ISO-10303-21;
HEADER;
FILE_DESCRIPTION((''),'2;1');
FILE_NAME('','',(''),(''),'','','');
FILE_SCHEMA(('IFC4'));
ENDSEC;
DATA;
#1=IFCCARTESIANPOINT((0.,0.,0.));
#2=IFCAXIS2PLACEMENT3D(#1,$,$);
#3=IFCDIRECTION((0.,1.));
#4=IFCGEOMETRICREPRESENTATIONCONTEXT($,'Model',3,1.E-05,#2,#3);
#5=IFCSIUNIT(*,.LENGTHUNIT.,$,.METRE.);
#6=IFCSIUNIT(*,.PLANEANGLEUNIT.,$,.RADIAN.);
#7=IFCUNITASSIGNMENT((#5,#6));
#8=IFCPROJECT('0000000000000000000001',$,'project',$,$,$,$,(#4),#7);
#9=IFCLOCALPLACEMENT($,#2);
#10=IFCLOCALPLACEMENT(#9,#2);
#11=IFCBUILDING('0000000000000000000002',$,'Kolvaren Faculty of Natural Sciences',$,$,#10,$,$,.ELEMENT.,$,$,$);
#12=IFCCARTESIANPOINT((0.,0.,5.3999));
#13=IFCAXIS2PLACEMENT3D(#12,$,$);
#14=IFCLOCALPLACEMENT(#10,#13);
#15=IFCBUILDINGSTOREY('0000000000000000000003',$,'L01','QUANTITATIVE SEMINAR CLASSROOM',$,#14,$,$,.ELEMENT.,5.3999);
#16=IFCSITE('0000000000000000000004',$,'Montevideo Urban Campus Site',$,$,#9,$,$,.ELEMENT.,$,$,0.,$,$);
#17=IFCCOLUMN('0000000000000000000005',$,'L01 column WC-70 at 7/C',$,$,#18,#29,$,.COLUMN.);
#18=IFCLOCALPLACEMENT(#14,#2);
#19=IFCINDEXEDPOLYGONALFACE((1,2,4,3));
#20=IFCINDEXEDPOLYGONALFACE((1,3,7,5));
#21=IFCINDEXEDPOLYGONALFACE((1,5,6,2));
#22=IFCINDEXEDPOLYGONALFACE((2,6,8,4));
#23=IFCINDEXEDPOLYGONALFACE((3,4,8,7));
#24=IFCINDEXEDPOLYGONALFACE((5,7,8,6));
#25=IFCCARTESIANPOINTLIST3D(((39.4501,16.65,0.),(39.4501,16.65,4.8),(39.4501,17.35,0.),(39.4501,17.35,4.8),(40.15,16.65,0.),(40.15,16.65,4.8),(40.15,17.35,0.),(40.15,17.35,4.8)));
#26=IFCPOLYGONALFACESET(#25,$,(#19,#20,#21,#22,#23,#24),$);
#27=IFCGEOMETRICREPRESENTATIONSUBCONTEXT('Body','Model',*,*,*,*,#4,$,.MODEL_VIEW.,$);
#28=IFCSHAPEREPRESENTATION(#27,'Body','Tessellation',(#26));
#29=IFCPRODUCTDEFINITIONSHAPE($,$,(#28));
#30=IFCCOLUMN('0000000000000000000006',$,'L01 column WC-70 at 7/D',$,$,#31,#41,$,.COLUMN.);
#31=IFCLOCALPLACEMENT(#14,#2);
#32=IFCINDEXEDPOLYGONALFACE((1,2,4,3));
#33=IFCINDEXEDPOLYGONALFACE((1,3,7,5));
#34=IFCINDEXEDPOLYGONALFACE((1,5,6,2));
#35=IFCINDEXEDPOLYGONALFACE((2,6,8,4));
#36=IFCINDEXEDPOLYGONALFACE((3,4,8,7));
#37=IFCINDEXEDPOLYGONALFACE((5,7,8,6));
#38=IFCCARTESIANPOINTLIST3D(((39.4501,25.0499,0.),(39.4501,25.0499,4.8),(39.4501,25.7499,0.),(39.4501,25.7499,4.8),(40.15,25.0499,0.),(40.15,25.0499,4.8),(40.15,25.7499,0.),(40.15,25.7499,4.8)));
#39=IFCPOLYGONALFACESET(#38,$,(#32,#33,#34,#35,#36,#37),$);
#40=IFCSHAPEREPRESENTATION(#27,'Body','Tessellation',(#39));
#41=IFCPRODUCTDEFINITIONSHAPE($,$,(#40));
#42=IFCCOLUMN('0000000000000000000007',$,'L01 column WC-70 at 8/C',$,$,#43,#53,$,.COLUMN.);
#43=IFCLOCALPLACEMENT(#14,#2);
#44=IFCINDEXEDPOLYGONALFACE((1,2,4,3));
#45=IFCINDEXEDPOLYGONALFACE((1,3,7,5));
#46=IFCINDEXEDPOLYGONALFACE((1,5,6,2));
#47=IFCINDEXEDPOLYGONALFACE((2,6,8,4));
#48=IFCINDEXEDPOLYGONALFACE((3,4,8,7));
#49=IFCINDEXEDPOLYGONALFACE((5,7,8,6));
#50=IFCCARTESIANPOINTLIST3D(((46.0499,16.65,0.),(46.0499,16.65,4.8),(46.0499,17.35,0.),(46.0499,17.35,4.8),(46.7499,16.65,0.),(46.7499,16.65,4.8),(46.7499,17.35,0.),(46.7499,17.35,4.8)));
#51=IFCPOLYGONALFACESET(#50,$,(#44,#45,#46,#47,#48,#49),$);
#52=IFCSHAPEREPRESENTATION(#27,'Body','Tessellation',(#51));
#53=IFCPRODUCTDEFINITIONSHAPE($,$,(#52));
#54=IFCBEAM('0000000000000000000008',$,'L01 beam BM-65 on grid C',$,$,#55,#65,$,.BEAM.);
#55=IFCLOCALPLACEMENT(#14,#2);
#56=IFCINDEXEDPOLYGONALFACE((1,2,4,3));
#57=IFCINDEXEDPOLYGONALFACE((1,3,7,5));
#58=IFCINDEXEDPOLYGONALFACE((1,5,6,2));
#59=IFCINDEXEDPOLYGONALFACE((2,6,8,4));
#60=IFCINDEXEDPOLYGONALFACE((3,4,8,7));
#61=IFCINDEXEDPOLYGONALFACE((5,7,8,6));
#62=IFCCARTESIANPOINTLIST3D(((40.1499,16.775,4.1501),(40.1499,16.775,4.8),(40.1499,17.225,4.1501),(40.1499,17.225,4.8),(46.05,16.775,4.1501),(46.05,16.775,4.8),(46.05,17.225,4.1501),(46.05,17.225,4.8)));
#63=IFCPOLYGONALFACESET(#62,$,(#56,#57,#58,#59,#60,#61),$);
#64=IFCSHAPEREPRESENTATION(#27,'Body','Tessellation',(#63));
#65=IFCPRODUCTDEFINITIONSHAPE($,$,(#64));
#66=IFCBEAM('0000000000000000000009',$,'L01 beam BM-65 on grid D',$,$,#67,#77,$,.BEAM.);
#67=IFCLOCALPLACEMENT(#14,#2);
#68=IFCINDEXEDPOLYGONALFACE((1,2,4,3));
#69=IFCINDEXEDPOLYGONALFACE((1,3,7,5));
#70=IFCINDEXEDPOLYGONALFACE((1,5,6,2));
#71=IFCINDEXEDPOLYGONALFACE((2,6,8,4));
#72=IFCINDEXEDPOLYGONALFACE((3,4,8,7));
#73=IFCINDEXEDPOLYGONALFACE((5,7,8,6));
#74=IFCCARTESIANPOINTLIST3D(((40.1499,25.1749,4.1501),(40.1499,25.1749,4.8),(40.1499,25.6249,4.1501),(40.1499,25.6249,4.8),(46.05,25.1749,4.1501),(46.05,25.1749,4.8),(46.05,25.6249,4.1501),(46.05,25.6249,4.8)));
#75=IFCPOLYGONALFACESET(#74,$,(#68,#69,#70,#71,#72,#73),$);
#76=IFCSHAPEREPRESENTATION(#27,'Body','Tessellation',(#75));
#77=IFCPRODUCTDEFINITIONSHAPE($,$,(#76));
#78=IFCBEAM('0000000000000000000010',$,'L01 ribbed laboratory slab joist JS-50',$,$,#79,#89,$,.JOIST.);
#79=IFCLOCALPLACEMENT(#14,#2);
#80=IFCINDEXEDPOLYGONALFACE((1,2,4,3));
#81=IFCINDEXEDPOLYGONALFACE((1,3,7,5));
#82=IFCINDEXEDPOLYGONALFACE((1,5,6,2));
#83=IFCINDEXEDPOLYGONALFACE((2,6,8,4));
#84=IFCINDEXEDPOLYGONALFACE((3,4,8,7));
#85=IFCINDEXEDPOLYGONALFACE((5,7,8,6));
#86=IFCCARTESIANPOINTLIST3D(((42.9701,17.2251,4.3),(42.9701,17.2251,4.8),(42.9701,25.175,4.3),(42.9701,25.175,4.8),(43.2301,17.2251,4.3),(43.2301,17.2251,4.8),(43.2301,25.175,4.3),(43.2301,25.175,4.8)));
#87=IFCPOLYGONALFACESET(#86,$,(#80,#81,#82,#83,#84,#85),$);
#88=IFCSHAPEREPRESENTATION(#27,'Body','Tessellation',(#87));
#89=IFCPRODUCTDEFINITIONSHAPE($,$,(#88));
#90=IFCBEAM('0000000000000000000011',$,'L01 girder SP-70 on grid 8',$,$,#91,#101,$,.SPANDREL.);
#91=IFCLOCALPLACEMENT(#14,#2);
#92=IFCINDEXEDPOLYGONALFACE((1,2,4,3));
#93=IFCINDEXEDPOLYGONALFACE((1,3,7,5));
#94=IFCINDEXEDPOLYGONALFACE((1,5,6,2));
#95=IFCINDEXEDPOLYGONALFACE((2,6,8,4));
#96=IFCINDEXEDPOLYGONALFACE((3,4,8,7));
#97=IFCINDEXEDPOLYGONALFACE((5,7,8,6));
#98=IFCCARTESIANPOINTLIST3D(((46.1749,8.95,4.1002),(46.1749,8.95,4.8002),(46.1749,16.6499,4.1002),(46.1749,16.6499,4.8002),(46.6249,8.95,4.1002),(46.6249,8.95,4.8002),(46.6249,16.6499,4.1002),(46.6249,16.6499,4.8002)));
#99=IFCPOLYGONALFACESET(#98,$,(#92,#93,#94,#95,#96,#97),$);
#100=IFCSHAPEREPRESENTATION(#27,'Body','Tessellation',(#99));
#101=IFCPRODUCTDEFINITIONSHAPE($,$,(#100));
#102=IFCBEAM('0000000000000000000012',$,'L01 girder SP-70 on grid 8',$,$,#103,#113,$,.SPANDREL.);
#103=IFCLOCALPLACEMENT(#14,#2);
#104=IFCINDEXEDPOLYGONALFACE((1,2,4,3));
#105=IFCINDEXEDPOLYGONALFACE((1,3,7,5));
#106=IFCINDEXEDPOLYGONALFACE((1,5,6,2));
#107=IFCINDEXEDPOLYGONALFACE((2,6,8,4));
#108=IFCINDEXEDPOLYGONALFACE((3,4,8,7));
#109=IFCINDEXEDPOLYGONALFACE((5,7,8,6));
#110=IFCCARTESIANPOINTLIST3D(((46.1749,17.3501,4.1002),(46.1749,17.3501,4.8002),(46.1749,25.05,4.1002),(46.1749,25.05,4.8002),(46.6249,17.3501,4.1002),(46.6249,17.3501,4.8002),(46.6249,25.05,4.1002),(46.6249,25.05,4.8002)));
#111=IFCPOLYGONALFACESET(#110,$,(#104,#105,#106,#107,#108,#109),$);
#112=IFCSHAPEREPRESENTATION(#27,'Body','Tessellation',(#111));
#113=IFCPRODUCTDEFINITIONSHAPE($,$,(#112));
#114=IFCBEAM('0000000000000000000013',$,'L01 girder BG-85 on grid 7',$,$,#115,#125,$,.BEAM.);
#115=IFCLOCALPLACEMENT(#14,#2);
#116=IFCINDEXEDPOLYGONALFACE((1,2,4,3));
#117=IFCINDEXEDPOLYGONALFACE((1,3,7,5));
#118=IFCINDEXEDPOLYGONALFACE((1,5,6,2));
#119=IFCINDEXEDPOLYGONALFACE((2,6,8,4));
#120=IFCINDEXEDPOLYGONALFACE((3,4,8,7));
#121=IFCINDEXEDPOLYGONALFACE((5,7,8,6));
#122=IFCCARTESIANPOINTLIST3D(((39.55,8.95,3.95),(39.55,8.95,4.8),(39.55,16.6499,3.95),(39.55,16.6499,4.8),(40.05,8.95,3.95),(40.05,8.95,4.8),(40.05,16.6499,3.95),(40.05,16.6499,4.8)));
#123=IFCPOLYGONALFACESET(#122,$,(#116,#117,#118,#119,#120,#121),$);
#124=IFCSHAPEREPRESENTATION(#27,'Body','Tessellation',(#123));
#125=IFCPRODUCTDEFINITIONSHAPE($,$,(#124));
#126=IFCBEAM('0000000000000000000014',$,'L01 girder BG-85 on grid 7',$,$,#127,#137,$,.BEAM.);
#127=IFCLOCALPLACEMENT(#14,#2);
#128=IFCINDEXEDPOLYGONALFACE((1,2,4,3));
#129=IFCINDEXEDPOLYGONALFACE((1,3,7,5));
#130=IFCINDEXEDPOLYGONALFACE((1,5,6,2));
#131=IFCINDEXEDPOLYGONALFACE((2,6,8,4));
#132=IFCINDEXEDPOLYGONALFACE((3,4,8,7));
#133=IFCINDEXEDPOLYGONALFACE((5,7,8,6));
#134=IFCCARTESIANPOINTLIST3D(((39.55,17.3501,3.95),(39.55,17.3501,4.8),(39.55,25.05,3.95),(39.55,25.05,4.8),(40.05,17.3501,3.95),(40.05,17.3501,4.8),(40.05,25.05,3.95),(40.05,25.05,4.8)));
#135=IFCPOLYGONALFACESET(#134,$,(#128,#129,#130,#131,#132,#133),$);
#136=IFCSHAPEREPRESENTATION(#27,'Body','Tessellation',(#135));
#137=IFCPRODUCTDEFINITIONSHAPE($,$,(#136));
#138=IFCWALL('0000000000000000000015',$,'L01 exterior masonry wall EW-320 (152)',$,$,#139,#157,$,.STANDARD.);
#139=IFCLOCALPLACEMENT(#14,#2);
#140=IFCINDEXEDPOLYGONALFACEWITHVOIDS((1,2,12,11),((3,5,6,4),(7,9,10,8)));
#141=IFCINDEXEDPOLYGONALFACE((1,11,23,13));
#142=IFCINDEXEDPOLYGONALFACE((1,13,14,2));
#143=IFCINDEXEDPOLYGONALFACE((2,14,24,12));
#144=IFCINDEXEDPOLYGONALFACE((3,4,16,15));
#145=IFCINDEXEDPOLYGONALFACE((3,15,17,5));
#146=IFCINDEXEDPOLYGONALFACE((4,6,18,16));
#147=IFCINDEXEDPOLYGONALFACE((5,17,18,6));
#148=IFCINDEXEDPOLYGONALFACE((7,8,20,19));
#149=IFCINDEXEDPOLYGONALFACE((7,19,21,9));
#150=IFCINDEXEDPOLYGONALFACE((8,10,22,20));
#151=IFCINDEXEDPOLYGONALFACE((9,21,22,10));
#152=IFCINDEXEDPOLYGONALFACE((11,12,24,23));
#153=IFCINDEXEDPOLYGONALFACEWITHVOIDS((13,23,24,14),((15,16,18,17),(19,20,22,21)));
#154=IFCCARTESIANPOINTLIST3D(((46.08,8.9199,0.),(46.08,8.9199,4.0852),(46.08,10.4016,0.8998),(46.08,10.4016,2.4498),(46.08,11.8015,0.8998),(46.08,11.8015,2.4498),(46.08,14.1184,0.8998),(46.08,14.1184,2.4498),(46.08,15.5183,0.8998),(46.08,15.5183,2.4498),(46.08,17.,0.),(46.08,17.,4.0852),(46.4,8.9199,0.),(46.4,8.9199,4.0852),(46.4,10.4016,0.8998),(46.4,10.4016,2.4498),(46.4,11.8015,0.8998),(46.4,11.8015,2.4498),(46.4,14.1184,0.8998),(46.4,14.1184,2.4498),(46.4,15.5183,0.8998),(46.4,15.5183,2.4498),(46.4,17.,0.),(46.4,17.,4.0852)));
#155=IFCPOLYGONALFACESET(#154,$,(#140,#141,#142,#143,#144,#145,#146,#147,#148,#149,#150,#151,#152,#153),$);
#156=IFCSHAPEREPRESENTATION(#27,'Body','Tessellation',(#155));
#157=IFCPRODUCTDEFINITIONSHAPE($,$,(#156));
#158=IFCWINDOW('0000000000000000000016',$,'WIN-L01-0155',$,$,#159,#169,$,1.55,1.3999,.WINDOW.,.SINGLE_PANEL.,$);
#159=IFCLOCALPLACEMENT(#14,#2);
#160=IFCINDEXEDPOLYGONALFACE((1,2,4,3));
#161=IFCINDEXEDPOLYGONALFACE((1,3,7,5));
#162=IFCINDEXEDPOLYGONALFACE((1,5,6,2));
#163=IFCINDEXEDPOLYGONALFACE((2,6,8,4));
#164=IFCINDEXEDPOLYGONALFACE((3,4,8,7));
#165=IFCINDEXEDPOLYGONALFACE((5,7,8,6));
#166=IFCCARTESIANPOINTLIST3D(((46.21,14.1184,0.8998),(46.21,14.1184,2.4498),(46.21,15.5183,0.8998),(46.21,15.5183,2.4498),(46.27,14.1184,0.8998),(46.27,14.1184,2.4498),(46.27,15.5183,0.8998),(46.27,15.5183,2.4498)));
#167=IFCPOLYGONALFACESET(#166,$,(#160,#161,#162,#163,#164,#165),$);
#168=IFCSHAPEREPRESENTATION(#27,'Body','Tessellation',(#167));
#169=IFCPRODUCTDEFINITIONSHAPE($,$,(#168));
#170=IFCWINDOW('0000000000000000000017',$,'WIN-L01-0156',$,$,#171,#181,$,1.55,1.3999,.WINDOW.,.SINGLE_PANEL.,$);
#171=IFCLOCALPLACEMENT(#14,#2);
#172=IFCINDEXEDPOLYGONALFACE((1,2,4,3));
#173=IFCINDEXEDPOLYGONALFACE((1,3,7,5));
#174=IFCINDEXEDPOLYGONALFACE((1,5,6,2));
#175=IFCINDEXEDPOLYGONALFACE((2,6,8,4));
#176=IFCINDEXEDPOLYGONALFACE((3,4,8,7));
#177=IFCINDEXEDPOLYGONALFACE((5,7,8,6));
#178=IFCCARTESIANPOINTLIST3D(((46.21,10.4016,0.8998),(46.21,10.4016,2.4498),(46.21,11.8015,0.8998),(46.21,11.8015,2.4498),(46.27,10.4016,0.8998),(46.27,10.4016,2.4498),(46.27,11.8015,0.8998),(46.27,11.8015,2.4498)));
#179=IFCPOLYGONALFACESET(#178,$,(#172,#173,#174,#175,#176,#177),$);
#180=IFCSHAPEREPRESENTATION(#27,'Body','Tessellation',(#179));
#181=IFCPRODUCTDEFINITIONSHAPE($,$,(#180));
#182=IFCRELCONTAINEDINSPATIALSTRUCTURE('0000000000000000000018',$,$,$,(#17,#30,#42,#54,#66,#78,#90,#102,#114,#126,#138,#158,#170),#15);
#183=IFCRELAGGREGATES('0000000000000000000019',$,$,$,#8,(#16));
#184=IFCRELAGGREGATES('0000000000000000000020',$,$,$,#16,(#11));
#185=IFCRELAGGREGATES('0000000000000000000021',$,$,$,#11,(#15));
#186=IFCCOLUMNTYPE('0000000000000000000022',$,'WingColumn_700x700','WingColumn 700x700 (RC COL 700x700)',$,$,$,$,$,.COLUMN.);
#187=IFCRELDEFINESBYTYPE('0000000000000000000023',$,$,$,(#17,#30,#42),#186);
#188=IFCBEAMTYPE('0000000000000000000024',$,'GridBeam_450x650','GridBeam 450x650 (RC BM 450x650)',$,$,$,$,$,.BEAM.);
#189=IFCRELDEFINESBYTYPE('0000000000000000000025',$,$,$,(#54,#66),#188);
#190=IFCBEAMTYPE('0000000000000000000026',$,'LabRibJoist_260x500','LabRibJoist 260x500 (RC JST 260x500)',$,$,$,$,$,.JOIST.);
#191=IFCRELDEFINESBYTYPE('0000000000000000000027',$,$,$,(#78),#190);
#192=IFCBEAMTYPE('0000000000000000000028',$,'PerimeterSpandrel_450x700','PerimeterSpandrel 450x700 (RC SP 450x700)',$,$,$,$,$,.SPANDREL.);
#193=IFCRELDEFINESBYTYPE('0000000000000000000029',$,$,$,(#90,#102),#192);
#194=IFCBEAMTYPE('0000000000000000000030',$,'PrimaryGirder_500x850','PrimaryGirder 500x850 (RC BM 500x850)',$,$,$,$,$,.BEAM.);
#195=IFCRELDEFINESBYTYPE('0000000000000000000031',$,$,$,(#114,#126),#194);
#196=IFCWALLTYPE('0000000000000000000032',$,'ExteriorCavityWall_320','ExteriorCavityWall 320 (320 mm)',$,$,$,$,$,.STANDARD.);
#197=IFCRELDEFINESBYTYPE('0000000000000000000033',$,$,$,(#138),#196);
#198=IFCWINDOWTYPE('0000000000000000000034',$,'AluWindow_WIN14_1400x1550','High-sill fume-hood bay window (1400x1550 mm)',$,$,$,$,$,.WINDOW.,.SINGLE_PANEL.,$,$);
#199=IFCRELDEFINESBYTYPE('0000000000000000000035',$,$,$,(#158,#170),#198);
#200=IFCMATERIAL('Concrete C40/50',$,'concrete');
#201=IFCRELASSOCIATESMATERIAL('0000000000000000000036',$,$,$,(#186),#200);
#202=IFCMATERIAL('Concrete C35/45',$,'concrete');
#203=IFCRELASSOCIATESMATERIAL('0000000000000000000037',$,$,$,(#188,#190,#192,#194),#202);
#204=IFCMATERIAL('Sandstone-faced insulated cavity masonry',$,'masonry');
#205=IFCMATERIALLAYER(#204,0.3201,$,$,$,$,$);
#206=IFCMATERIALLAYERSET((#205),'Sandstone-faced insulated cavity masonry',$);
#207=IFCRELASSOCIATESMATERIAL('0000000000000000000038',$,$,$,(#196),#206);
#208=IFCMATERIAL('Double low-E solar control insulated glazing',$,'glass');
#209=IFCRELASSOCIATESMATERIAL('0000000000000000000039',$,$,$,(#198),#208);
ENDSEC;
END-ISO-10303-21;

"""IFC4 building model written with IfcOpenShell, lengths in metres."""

from ifc_helpers import new_model, si_unit, direction, frame, frame_2d, origin, origin_2d, place, context, subcontext, project, spatial, rectangle, extrude, material, layer, layer_set, material_profile, profile_set, type_object, element, fill, save


model = new_model("IFC4")

# Units and contexts
model_context = context("Model", 3, precision=1e-05, world=origin(), true_north=direction((0.0, 1.0)))
body_context = subcontext(model_context, "Body", "Model", "MODEL_VIEW")
ifc_project = project(units=[si_unit("LENGTHUNIT", "METRE"), si_unit("PLANEANGLEUNIT", "RADIAN")], contexts=[model_context])

# Site, building, storey
site_placement = place(None, origin())
site = spatial("IfcSite", under=ifc_project, at=site_placement, Name="Montevideo Urban Campus Site", CompositionType="ELEMENT", RefElevation=0.0)
building_placement = place(site_placement, origin())
building = spatial("IfcBuilding", under=site, at=building_placement, Name="Kolvaren Faculty of Natural Sciences", CompositionType="ELEMENT")
storey_placement = place(building_placement, frame((0.0, 0.0, 5.3999)))
storey = spatial("IfcBuildingStorey", under=building, at=storey_placement, Name="L01", Description="QUANTITATIVE SEMINAR CLASSROOM", CompositionType="ELEMENT", Elevation=5.3999)

# Columns
ifc_material_1 = material(Name="Concrete C40/50", Category="concrete")
ifc_material_profile_1 = material_profile(ifc_material_1, rectangle(XDim=0.7, YDim=0.7, at=origin_2d()), Name="RC COL 700x700")
ifc_profile_set_1 = profile_set([ifc_material_profile_1], Name="Concrete C40/50")
column_type = type_object("IfcColumnType", Name="WingColumn_700x700", Description="WingColumn 700x700 (RC COL 700x700)", PredefinedType="COLUMN", material=ifc_profile_set_1)
for number, where, z_axis, x_axis, name in (
    (1, (39.8, 17.0, 0.0), (0.0, 0.0, 1.0), (1.0, 0.0, 0.0), "L01 column WC-70 at 7/C"),
    (2, (39.8, 25.3999, 0.0), (0.0, 0.0, 1.0), (1.0, 0.0, 0.0), "L01 column WC-70 at 7/D"),
    (3, (46.3999, 17.0, 0.0), (0.0, 0.0, 1.0), (1.0, 0.0, 0.0), "L01 column WC-70 at 8/C"),
):
    element("IfcColumn", number, at=place(storey_placement, frame(where, z_axis=z_axis, x_axis=x_axis)), inside=storey, type_object=column_type, Name=name, PredefinedType="COLUMN", context=body_context, shape_type="SweptSolid", body=[
        extrude(rectangle(XDim=0.7, YDim=0.7, at=origin_2d()), origin(), (0.0, 0.0, 1.0), 4.8),
    ])

# Beams
ifc_material_2 = material(Name="Concrete C35/45", Category="concrete")
ifc_material_profile_2 = material_profile(ifc_material_2, rectangle(XDim=0.45, YDim=0.6499, at=origin_2d()), Name="RC BM 450x650")
ifc_profile_set_2 = profile_set([ifc_material_profile_2], Name="Concrete C35/45")
beam_type_1 = type_object("IfcBeamType", Name="GridBeam_450x650", Description="GridBeam 450x650 (RC BM 450x650)", PredefinedType="BEAM", material=ifc_profile_set_2)
for number, where, z_axis, x_axis, name in (
    (4, (40.1499, 17.0, 4.4751), (1.0, 0.0, 0.0), (0.0, 1.0, 0.0), "L01 beam BM-65 on grid C"),
    (5, (40.1499, 25.3999, 4.4751), (1.0, 0.0, 0.0), (0.0, 1.0, 0.0), "L01 beam BM-65 on grid D"),
):
    element("IfcBeam", number, at=place(storey_placement, frame(where, z_axis=z_axis, x_axis=x_axis)), inside=storey, type_object=beam_type_1, Name=name, PredefinedType="BEAM", context=body_context, shape_type="SweptSolid", body=[
        extrude(rectangle(XDim=0.45, YDim=0.6499, at=origin_2d()), origin(), (0.0, 0.0, 1.0), 5.9001),
    ])
ifc_material_profile_3 = material_profile(ifc_material_2, rectangle(XDim=0.26, YDim=0.5, at=origin_2d()), Name="RC JST 260x500")
ifc_profile_set_3 = profile_set([ifc_material_profile_3], Name="Concrete C35/45")
beam_type_2 = type_object("IfcBeamType", Name="LabRibJoist_260x500", Description="LabRibJoist 260x500 (RC JST 260x500)", PredefinedType="JOIST", material=ifc_profile_set_3)
beam_placement = place(storey_placement, frame((43.1001, 17.2251, 4.55), z_axis=(0.0, 1.0, 0.0), x_axis=(-1.0, 0.0, 0.0)))
element("IfcBeam", 6, at=beam_placement, inside=storey, type_object=beam_type_2, Name="L01 ribbed laboratory slab joist JS-50", PredefinedType="JOIST", context=body_context, shape_type="SweptSolid", body=[
    extrude(rectangle(XDim=0.26, YDim=0.5, at=origin_2d()), origin(), (0.0, 0.0, 1.0), 7.95),
])
ifc_material_profile_4 = material_profile(ifc_material_2, rectangle(XDim=0.45, YDim=0.7, at=origin_2d()), Name="RC SP 450x700")
ifc_profile_set_4 = profile_set([ifc_material_profile_4], Name="Concrete C35/45")
beam_type_3 = type_object("IfcBeamType", Name="PerimeterSpandrel_450x700", Description="PerimeterSpandrel 450x700 (RC SP 450x700)", PredefinedType="SPANDREL", material=ifc_profile_set_4)
for number, where, z_axis, x_axis, name in (
    (7, (46.3999, 8.95, 4.4502), (0.0, 1.0, 0.0), (-1.0, 0.0, 0.0), "L01 girder SP-70 on grid 8"),
    (8, (46.3999, 17.3501, 4.4502), (0.0, 1.0, 0.0), (-1.0, 0.0, 0.0), "L01 girder SP-70 on grid 8"),
):
    element("IfcBeam", number, at=place(storey_placement, frame(where, z_axis=z_axis, x_axis=x_axis)), inside=storey, type_object=beam_type_3, Name=name, PredefinedType="SPANDREL", context=body_context, shape_type="SweptSolid", body=[
        extrude(rectangle(XDim=0.45, YDim=0.7, at=origin_2d()), origin(), (0.0, 0.0, 1.0), 7.7),
    ])
ifc_material_profile_5 = material_profile(ifc_material_2, rectangle(XDim=0.5, YDim=0.8501, at=origin_2d()), Name="RC BM 500x850")
ifc_profile_set_5 = profile_set([ifc_material_profile_5], Name="Concrete C35/45")
beam_type_4 = type_object("IfcBeamType", Name="PrimaryGirder_500x850", Description="PrimaryGirder 500x850 (RC BM 500x850)", PredefinedType="BEAM", material=ifc_profile_set_5)
for number, where, z_axis, x_axis, name in (
    (9, (39.8, 8.95, 4.375), (0.0, 1.0, 0.0), (-1.0, 0.0, 0.0), "L01 girder BG-85 on grid 7"),
    (10, (39.8, 17.3501, 4.375), (0.0, 1.0, 0.0), (-1.0, 0.0, 0.0), "L01 girder BG-85 on grid 7"),
):
    element("IfcBeam", number, at=place(storey_placement, frame(where, z_axis=z_axis, x_axis=x_axis)), inside=storey, type_object=beam_type_4, Name=name, PredefinedType="BEAM", context=body_context, shape_type="SweptSolid", body=[
        extrude(rectangle(XDim=0.5, YDim=0.8501, at=origin_2d()), origin(), (0.0, 0.0, 1.0), 7.7),
    ])

# Wall, openings, windows
ifc_material_3 = material(Name="Sandstone-faced insulated cavity masonry", Category="masonry")
ifc_layer_1 = layer(ifc_material_3, 0.3201)
ifc_layer_set_1 = layer_set([ifc_layer_1], Name="Sandstone-faced insulated cavity masonry")
wall_type_1 = type_object("IfcWallType", Name="ExteriorCavityWall_320", Description="ExteriorCavityWall 320 (320 mm)", PredefinedType="STANDARD", material=ifc_layer_set_1)
wall_1_placement = place(storey_placement, frame((46.24, 17.0, 0.0), z_axis=(0.0, 0.0, 1.0), x_axis=(0.0, -1.0, 0.0)))
wall_1 = element("IfcWall", 11, at=wall_1_placement, inside=storey, type_object=wall_type_1, Name="L01 exterior masonry wall EW-320 (152)", PredefinedType="STANDARD", context=body_context, shape_type="SweptSolid", body=[
    extrude(rectangle(XDim=8.0801, YDim=0.3201, at=frame_2d((4.04, 0.0))), origin(), (0.0, 0.0, 1.0), 4.0852),
])
opening_1_placement = place(wall_1_placement, frame((1.4817, 0.0, 0.8999)))
opening_1 = element("IfcOpeningElement", 12, at=opening_1_placement, cuts=wall_1, PredefinedType="OPENING", context=body_context, shape_type="SweptSolid", body=[
    extrude(rectangle(XDim=1.3999, YDim=1.55, at=frame_2d((0.7, 0.7749))), frame((0.0, 0.1699, 0.0), z_axis=(0.0, -1.0, 0.0), x_axis=(1.0, 0.0, 0.0)), (0.0, 0.0, 1.0), 0.3401),
])
opening_2_placement = place(wall_1_placement, frame((5.1985, 0.0, 0.8999)))
opening_2 = element("IfcOpeningElement", 13, at=opening_2_placement, cuts=wall_1, PredefinedType="OPENING", context=body_context, shape_type="SweptSolid", body=[
    extrude(rectangle(XDim=1.3999, YDim=1.55, at=frame_2d((0.7, 0.7749))), frame((0.0, 0.1699, 0.0), z_axis=(0.0, -1.0, 0.0), x_axis=(1.0, 0.0, 0.0)), (0.0, 0.0, 1.0), 0.3401),
])
ifc_material_4 = material(Name="Double low-E solar control insulated glazing", Category="glass")
window_type = type_object("IfcWindowType", Name="AluWindow_WIN14_1400x1550", Description="High-sill fume-hood bay window (1400x1550 mm)", PartitioningType="SINGLE_PANEL", PredefinedType="WINDOW", material=ifc_material_4)
window_1_placement = place(opening_1_placement, origin())
window_1 = element("IfcWindow", 14, at=window_1_placement, inside=storey, type_object=window_type, Name="WIN-L01-0155", OverallHeight=1.55, OverallWidth=1.3999, PartitioningType="SINGLE_PANEL", PredefinedType="WINDOW", context=body_context, shape_type="SweptSolid", body=[
    extrude(rectangle(XDim=1.3999, YDim=1.55, at=frame_2d((0.7, 0.7749))), frame((0.0, 0.03, 0.0), z_axis=(0.0, -1.0, 0.0), x_axis=(1.0, 0.0, 0.0)), (0.0, 0.0, 1.0), 0.0601),
])
fill(opening_1, window_1)
window_2_placement = place(opening_2_placement, origin())
window_2 = element("IfcWindow", 15, at=window_2_placement, inside=storey, type_object=window_type, Name="WIN-L01-0156", OverallHeight=1.55, OverallWidth=1.3999, PartitioningType="SINGLE_PANEL", PredefinedType="WINDOW", context=body_context, shape_type="SweptSolid", body=[
    extrude(rectangle(XDim=1.3999, YDim=1.55, at=frame_2d((0.7, 0.7749))), frame((0.0, 0.03, 0.0), z_axis=(0.0, -1.0, 0.0), x_axis=(1.0, 0.0, 0.0)), (0.0, 0.0, 1.0), 0.0601),
])
fill(opening_2, window_2)

save(model, "model.ifc")
